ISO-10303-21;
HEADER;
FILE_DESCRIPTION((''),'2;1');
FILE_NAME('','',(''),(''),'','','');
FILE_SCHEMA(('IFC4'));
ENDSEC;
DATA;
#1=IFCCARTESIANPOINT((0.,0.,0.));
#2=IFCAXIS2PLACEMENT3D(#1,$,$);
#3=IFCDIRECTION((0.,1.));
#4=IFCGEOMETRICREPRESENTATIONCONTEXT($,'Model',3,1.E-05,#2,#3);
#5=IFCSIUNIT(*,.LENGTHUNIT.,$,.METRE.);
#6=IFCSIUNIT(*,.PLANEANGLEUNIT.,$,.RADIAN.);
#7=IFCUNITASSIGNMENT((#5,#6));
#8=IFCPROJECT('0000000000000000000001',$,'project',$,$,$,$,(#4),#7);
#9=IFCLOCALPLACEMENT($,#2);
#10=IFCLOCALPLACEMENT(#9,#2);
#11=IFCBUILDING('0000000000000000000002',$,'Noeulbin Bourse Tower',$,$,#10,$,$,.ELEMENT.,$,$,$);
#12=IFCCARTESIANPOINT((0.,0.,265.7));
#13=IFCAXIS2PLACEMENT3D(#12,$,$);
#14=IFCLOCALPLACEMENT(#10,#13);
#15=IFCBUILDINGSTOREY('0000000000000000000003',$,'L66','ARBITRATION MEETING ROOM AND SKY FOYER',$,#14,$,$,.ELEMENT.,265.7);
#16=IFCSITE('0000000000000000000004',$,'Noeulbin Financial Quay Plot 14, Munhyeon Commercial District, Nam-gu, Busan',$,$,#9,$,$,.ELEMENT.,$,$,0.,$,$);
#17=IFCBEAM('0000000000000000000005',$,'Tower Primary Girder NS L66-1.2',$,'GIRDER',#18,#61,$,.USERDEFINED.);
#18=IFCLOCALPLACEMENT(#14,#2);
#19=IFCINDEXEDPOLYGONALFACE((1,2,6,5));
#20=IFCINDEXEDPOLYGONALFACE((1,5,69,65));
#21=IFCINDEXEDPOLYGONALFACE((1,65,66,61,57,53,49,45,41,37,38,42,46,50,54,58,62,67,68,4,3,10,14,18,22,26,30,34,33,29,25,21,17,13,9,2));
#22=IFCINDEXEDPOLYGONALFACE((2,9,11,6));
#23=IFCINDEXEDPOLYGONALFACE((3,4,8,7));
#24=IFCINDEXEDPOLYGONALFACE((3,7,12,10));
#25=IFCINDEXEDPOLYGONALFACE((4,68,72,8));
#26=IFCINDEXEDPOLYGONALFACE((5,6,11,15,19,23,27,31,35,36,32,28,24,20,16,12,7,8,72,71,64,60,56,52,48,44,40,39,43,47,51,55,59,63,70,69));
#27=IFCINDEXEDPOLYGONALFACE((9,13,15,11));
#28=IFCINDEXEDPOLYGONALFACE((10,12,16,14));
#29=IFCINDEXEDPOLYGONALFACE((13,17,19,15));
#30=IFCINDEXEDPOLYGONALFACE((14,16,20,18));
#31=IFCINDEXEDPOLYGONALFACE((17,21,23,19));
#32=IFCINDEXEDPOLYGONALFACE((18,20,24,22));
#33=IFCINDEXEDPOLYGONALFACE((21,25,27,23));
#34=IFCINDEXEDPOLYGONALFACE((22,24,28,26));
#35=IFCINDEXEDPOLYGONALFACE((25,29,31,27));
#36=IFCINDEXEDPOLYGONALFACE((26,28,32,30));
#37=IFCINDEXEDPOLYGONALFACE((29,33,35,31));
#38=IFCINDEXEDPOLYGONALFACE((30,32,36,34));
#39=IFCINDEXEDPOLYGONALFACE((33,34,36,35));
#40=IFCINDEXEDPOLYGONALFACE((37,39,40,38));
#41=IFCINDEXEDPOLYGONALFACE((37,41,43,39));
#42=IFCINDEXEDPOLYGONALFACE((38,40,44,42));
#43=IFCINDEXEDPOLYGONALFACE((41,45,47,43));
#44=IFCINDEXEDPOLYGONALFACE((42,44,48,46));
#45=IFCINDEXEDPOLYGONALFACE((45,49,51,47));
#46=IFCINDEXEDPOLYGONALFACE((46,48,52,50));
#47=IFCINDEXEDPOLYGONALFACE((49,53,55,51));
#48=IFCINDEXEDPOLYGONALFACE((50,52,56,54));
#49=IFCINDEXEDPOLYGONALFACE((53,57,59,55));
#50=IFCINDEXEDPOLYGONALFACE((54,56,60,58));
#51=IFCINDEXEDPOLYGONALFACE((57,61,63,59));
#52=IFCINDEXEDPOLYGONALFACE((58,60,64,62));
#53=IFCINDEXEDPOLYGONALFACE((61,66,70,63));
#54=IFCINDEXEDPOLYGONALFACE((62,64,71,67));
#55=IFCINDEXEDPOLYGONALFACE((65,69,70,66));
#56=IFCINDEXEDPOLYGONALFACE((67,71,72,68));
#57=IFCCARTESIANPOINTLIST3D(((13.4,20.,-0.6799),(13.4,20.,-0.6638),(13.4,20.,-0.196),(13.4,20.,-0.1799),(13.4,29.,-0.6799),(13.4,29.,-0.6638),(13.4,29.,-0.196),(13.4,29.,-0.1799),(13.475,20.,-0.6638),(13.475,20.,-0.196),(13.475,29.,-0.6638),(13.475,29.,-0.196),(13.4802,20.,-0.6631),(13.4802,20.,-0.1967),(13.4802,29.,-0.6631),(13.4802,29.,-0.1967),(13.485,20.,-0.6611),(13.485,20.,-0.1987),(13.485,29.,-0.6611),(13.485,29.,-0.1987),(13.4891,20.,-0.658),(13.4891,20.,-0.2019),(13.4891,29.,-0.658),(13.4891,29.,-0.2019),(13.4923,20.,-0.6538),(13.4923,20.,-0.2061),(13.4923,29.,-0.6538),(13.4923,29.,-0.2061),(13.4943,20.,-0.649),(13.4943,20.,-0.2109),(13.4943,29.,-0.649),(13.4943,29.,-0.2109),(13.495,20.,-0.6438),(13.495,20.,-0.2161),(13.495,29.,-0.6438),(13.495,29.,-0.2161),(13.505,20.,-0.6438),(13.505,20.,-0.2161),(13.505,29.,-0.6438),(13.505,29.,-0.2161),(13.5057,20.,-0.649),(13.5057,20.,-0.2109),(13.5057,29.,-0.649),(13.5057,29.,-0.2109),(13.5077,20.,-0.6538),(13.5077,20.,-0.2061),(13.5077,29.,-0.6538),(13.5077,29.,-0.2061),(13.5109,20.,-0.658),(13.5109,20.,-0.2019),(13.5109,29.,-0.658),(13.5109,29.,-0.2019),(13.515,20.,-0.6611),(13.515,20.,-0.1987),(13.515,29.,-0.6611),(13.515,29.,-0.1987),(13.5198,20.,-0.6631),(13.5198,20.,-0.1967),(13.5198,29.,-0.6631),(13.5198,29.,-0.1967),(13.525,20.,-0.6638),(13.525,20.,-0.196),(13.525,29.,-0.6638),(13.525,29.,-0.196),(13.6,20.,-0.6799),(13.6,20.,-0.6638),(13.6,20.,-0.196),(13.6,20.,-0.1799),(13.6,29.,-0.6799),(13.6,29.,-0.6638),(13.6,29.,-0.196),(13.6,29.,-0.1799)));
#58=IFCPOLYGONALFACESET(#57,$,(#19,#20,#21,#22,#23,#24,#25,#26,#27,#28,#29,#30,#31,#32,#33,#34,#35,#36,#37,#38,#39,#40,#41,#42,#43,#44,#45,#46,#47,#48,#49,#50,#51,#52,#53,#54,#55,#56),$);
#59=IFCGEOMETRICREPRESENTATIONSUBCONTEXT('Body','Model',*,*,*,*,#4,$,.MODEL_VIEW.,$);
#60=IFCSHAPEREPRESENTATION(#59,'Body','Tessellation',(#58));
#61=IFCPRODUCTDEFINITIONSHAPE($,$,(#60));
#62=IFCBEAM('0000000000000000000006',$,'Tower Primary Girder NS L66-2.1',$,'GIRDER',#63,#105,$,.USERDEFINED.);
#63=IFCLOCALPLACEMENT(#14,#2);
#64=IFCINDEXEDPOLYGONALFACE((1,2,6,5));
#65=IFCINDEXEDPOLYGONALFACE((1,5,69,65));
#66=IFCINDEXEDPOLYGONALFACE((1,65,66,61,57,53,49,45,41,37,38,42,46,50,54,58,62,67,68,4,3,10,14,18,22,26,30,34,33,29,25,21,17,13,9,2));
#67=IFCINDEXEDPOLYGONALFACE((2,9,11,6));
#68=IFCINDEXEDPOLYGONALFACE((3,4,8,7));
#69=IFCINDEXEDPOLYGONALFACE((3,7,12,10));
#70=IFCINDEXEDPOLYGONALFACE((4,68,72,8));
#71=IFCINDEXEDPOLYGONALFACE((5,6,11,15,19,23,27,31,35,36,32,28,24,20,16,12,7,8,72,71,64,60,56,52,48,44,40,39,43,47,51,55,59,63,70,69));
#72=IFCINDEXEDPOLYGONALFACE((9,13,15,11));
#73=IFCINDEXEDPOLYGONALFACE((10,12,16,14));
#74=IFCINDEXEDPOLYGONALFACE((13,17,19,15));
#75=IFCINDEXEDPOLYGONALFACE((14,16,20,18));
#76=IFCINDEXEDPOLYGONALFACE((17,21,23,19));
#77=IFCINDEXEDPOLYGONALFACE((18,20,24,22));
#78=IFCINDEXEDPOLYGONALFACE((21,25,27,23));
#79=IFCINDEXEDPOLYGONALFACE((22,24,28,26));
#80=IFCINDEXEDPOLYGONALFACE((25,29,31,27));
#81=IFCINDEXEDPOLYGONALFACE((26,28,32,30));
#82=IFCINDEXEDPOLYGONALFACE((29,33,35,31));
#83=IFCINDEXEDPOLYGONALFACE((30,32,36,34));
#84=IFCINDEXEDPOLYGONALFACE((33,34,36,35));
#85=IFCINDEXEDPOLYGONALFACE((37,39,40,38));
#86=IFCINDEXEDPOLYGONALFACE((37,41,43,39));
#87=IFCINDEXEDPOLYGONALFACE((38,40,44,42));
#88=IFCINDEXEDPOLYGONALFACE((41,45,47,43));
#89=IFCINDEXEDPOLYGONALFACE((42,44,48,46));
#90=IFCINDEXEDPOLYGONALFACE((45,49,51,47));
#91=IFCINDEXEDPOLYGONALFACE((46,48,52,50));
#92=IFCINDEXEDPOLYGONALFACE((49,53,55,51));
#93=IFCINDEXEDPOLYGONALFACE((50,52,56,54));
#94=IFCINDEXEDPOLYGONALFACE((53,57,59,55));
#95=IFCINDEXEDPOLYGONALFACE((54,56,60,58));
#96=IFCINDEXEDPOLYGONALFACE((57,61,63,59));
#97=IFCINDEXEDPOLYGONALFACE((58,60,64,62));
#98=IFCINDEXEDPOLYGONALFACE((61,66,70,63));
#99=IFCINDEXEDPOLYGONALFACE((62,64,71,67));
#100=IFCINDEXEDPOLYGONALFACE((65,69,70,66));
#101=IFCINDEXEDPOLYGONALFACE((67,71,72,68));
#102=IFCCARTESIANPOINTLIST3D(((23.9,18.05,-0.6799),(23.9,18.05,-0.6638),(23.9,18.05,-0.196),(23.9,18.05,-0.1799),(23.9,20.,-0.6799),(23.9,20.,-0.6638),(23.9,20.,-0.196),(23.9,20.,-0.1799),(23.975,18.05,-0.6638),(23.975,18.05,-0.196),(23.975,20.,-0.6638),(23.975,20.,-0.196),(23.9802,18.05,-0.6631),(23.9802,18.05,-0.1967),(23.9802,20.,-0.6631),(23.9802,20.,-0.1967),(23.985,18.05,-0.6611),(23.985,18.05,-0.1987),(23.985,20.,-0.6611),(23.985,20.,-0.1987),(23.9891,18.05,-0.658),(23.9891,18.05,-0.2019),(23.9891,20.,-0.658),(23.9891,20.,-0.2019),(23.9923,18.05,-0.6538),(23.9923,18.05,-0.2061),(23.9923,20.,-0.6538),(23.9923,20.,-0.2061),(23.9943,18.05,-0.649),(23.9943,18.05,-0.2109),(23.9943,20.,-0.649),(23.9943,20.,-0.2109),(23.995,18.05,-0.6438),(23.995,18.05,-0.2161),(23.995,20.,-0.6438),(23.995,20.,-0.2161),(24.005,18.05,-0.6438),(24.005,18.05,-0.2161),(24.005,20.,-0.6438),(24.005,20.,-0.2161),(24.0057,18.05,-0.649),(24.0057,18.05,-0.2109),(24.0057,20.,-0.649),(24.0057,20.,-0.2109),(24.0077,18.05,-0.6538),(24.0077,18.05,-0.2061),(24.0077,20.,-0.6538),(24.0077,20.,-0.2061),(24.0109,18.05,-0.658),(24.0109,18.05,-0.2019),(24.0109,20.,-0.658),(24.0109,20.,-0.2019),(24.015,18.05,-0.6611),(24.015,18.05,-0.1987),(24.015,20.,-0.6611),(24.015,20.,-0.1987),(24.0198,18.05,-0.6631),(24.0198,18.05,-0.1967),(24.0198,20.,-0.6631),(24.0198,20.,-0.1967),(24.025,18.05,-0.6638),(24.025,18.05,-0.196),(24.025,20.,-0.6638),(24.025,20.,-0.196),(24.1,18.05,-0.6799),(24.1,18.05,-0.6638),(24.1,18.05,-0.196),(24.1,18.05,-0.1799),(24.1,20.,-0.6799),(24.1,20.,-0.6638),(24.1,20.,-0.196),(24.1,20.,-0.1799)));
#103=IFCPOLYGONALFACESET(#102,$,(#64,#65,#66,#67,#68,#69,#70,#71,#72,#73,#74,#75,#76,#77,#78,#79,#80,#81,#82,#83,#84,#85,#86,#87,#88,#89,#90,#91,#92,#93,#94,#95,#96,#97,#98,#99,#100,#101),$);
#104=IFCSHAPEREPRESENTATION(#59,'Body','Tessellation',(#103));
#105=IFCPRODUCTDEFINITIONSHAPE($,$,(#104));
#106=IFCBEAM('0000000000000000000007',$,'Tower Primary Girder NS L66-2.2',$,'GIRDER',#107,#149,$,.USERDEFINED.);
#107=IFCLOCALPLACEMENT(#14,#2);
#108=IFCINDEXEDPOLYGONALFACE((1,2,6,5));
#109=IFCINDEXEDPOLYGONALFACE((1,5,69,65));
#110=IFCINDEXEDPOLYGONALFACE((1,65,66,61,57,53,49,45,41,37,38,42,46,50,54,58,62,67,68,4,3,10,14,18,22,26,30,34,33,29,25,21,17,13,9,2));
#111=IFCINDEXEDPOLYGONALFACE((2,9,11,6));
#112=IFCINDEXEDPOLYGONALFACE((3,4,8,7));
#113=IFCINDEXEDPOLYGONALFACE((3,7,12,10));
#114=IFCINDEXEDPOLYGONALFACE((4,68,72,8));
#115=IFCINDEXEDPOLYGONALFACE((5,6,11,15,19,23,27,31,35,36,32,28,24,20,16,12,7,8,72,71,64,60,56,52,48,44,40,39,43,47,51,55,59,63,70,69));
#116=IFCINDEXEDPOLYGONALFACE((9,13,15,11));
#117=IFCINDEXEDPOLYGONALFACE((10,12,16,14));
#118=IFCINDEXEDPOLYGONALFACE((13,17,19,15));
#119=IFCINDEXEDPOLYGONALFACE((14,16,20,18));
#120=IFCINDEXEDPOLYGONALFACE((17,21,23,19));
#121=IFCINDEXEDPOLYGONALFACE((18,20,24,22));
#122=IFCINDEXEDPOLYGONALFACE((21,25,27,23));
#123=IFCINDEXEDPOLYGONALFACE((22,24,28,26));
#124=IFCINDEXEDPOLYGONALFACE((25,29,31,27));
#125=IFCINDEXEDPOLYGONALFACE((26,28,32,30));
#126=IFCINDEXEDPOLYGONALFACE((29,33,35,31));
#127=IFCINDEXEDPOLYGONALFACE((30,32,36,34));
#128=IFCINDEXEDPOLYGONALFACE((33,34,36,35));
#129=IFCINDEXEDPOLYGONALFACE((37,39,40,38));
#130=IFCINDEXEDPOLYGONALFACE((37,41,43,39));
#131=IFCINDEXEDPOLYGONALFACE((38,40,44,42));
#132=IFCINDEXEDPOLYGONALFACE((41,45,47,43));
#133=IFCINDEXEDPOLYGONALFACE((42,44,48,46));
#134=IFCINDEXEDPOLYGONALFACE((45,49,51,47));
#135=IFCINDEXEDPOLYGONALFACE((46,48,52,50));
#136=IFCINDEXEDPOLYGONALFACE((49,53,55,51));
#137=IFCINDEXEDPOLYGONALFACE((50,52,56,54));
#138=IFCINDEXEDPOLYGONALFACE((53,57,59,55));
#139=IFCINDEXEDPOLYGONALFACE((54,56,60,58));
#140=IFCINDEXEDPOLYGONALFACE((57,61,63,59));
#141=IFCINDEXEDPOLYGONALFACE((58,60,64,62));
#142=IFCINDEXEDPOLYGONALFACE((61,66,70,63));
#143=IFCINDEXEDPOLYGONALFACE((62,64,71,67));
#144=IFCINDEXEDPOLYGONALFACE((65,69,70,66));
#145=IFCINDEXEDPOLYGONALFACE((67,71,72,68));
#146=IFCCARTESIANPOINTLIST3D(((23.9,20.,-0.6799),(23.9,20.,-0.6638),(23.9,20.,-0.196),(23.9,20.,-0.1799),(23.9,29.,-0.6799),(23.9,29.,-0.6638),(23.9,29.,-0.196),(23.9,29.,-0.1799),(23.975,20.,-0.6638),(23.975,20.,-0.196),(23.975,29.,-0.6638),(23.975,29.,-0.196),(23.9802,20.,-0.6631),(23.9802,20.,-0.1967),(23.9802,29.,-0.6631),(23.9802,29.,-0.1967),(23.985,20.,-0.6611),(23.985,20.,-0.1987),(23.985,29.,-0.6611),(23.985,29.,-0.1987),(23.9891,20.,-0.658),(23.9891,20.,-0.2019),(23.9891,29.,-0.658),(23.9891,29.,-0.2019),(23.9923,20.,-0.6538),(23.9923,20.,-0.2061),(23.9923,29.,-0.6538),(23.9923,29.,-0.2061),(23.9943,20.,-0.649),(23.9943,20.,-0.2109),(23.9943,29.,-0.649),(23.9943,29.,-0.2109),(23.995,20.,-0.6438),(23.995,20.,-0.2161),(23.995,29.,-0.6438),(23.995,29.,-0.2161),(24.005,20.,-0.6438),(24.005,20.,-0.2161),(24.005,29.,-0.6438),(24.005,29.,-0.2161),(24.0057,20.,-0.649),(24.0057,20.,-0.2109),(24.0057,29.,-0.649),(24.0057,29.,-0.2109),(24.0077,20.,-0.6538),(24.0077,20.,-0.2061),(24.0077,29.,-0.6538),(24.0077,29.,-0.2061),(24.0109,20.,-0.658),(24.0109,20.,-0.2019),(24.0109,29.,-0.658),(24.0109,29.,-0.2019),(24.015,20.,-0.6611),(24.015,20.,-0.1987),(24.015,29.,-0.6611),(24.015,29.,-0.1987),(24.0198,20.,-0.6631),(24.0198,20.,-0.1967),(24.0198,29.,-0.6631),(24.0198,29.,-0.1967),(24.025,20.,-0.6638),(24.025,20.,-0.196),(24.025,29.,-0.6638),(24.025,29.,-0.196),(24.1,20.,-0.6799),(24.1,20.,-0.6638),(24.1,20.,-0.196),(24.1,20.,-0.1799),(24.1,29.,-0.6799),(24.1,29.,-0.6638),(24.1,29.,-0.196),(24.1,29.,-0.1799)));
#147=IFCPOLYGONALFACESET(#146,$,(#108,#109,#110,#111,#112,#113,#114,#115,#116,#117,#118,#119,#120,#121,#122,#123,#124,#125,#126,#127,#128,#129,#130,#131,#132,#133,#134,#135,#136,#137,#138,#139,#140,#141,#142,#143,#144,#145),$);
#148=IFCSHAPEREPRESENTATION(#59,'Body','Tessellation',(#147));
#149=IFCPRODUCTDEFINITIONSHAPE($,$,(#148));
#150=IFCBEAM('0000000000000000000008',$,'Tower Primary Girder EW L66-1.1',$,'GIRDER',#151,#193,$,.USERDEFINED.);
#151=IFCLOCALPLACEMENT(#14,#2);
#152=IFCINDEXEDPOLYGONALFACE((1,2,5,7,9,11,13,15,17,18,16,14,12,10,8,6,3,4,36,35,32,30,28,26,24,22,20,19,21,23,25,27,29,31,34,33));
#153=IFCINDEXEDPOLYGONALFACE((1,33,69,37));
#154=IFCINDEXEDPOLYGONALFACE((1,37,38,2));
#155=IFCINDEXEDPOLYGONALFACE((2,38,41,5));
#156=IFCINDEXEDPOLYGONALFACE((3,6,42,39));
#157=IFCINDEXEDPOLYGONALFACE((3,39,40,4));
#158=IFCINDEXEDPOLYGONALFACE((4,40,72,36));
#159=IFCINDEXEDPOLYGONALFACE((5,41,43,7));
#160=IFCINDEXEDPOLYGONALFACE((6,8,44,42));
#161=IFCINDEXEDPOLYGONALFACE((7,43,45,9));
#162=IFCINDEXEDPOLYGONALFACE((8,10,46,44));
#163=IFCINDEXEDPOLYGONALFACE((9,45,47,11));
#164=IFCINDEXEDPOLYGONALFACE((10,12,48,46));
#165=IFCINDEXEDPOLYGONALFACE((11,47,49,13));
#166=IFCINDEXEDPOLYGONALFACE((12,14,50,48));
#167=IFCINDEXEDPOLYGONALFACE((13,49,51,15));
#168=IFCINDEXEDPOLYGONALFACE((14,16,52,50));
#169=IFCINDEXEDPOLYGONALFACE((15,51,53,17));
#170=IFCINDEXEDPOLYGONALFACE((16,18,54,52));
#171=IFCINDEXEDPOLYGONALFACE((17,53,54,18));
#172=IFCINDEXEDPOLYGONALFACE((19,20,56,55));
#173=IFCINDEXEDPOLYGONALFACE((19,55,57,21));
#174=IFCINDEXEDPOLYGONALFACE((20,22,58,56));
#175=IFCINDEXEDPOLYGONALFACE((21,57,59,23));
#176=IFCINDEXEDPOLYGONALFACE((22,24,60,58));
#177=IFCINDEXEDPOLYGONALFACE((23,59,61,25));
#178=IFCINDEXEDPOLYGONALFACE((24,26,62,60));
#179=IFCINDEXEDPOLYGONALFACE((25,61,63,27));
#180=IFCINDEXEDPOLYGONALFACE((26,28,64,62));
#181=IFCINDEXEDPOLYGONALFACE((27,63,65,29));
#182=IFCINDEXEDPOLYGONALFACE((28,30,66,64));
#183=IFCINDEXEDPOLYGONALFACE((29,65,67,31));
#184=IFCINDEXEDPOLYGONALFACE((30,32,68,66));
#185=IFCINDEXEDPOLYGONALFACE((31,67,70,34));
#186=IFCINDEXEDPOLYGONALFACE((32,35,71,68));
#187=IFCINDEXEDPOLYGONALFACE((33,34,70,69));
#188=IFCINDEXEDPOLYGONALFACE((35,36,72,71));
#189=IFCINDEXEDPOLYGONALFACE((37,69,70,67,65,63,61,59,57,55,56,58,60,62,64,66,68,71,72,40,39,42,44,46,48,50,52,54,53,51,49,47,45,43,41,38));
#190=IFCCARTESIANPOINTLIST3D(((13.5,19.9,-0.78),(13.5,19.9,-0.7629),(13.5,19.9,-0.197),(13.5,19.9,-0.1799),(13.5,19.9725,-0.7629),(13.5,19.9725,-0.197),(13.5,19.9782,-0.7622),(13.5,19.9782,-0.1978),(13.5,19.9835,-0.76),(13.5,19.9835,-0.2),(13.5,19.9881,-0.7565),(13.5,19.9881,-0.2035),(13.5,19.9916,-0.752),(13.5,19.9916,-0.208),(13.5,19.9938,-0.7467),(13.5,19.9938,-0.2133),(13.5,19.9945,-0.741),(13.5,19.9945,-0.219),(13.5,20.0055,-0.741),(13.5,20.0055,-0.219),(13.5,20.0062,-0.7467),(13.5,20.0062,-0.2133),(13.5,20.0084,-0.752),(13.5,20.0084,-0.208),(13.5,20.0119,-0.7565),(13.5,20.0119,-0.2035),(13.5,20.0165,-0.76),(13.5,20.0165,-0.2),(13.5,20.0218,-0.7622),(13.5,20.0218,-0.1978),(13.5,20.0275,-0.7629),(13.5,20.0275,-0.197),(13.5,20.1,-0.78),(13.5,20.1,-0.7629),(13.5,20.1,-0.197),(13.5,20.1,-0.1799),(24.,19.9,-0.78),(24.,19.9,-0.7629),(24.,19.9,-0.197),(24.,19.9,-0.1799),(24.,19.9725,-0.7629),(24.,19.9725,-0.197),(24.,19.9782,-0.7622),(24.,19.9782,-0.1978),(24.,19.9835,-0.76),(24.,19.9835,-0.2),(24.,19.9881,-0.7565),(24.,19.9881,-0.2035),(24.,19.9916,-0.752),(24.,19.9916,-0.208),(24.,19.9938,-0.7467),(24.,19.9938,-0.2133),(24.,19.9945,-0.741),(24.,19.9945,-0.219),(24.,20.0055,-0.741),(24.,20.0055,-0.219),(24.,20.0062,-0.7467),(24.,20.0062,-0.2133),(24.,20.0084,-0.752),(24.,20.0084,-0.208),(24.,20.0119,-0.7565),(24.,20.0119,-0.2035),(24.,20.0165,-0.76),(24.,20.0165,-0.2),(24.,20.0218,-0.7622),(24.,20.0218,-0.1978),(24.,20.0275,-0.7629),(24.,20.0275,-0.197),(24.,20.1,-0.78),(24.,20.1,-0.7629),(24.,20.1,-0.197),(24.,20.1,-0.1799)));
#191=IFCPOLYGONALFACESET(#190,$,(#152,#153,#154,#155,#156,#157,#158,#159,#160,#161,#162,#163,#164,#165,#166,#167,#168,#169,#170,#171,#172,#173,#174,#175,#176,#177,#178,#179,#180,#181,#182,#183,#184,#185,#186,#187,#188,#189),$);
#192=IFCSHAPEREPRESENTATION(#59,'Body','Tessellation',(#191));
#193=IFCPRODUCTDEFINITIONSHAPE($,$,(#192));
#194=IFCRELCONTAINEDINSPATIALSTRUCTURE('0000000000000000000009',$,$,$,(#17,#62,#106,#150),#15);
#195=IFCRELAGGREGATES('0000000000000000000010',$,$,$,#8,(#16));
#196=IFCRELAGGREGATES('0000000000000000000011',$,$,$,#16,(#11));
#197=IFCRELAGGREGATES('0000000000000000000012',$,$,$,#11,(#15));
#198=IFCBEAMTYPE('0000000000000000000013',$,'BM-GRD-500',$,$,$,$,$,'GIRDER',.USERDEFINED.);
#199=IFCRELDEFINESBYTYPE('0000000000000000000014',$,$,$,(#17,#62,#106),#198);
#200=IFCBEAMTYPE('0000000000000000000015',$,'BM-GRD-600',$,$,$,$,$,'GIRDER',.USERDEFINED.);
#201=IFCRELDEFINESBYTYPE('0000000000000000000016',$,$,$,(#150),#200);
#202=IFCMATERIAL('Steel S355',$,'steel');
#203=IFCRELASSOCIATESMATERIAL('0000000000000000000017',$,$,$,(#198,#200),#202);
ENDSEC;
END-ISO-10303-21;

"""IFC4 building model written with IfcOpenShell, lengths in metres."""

from ifc_helpers import new_model, si_unit, direction, frame, origin, origin_2d, place, context, subcontext, project, spatial, i_section, extrude, material, material_profile, profile_set, type_object, element, save


model = new_model("IFC4")

# Units and contexts
model_context = context("Model", 3, precision=1e-05, world=origin(), true_north=direction((0.0, 1.0)))
body_context = subcontext(model_context, "Body", "Model", "MODEL_VIEW")
ifc_project = project(units=[si_unit("LENGTHUNIT", "METRE"), si_unit("PLANEANGLEUNIT", "RADIAN")], contexts=[model_context])

# Site, building, storey
site_placement = place(None, origin())
site = spatial("IfcSite", under=ifc_project, at=site_placement, Name="Noeulbin Financial Quay Plot 14, Munhyeon Commercial District, Nam-gu, Busan", CompositionType="ELEMENT", RefElevation=0.0)
building_placement = place(site_placement, origin())
building = spatial("IfcBuilding", under=site, at=building_placement, Name="Noeulbin Bourse Tower", CompositionType="ELEMENT")
storey_placement = place(building_placement, frame((0.0, 0.0, 265.7)))
storey = spatial("IfcBuildingStorey", under=building, at=storey_placement, Name="L66", Description="ARBITRATION MEETING ROOM AND SKY FOYER", CompositionType="ELEMENT", Elevation=265.7)

# Shared definitions
ifc_material_1 = material(Name="Steel S355", Category="steel")

# Beams
ifc_material_profile_1 = material_profile(ifc_material_1, i_section(OverallWidth=0.2, OverallDepth=0.5, WebThickness=0.01, FlangeThickness=0.0161, FilletRadius=0.02, at=origin_2d()), Name="H-500x200x10x16", Category="LoadBearing")
ifc_profile_set_1 = profile_set([ifc_material_profile_1], Name="Steel S355")
beam_type_1 = type_object("IfcBeamType", Name="BM-GRD-500", ElementType="GIRDER", PredefinedType="USERDEFINED", material=ifc_profile_set_1)
beam_1_placement = place(storey_placement, frame((13.5, 20.0, -0.4299), z_axis=(0.0, 1.0, 0.0), x_axis=(-1.0, 0.0, 0.0)))
element("IfcBeam", 1, at=beam_1_placement, inside=storey, type_object=beam_type_1, Name="Tower Primary Girder NS L66-1.2", ObjectType="GIRDER", PredefinedType="USERDEFINED", context=body_context, shape_type="SweptSolid", body=[
    extrude(i_section(OverallWidth=0.2, OverallDepth=0.5, WebThickness=0.01, FlangeThickness=0.0161, FilletRadius=0.02, at=origin_2d()), origin(), (0.0, 0.0, 1.0), 9.0),
])
beam_2_placement = place(storey_placement, frame((24.0, 18.05, -0.4299), z_axis=(0.0, 1.0, 0.0), x_axis=(-1.0, 0.0, 0.0)))
element("IfcBeam", 2, at=beam_2_placement, inside=storey, type_object=beam_type_1, Name="Tower Primary Girder NS L66-2.1", ObjectType="GIRDER", PredefinedType="USERDEFINED", context=body_context, shape_type="SweptSolid", body=[
    extrude(i_section(OverallWidth=0.2, OverallDepth=0.5, WebThickness=0.01, FlangeThickness=0.0161, FilletRadius=0.02, at=origin_2d()), origin(), (0.0, 0.0, 1.0), 1.95),
])
beam_3_placement = place(storey_placement, frame((24.0, 20.0, -0.4299), z_axis=(0.0, 1.0, 0.0), x_axis=(-1.0, 0.0, 0.0)))
element("IfcBeam", 3, at=beam_3_placement, inside=storey, type_object=beam_type_1, Name="Tower Primary Girder NS L66-2.2", ObjectType="GIRDER", PredefinedType="USERDEFINED", context=body_context, shape_type="SweptSolid", body=[
    extrude(i_section(OverallWidth=0.2, OverallDepth=0.5, WebThickness=0.01, FlangeThickness=0.0161, FilletRadius=0.02, at=origin_2d()), origin(), (0.0, 0.0, 1.0), 9.0),
])
ifc_material_profile_2 = material_profile(ifc_material_1, i_section(OverallWidth=0.2, OverallDepth=0.6001, WebThickness=0.011, FlangeThickness=0.0171, FilletRadius=0.022, at=origin_2d()), Name="H-600x200x11x17", Category="LoadBearing")
ifc_profile_set_2 = profile_set([ifc_material_profile_2], Name="Steel S355")
beam_type_2 = type_object("IfcBeamType", Name="BM-GRD-600", ElementType="GIRDER", PredefinedType="USERDEFINED", material=ifc_profile_set_2)
beam_4_placement = place(storey_placement, frame((13.5, 20.0, -0.48), z_axis=(1.0, 0.0, 0.0), x_axis=(0.0, 1.0, 0.0)))
element("IfcBeam", 4, at=beam_4_placement, inside=storey, type_object=beam_type_2, Name="Tower Primary Girder EW L66-1.1", ObjectType="GIRDER", PredefinedType="USERDEFINED", context=body_context, shape_type="SweptSolid", body=[
    extrude(i_section(OverallWidth=0.2, OverallDepth=0.6001, WebThickness=0.011, FlangeThickness=0.0171, FilletRadius=0.022, at=origin_2d()), origin(), (0.0, 0.0, 1.0), 10.5),
])

save(model, "model.ifc")
